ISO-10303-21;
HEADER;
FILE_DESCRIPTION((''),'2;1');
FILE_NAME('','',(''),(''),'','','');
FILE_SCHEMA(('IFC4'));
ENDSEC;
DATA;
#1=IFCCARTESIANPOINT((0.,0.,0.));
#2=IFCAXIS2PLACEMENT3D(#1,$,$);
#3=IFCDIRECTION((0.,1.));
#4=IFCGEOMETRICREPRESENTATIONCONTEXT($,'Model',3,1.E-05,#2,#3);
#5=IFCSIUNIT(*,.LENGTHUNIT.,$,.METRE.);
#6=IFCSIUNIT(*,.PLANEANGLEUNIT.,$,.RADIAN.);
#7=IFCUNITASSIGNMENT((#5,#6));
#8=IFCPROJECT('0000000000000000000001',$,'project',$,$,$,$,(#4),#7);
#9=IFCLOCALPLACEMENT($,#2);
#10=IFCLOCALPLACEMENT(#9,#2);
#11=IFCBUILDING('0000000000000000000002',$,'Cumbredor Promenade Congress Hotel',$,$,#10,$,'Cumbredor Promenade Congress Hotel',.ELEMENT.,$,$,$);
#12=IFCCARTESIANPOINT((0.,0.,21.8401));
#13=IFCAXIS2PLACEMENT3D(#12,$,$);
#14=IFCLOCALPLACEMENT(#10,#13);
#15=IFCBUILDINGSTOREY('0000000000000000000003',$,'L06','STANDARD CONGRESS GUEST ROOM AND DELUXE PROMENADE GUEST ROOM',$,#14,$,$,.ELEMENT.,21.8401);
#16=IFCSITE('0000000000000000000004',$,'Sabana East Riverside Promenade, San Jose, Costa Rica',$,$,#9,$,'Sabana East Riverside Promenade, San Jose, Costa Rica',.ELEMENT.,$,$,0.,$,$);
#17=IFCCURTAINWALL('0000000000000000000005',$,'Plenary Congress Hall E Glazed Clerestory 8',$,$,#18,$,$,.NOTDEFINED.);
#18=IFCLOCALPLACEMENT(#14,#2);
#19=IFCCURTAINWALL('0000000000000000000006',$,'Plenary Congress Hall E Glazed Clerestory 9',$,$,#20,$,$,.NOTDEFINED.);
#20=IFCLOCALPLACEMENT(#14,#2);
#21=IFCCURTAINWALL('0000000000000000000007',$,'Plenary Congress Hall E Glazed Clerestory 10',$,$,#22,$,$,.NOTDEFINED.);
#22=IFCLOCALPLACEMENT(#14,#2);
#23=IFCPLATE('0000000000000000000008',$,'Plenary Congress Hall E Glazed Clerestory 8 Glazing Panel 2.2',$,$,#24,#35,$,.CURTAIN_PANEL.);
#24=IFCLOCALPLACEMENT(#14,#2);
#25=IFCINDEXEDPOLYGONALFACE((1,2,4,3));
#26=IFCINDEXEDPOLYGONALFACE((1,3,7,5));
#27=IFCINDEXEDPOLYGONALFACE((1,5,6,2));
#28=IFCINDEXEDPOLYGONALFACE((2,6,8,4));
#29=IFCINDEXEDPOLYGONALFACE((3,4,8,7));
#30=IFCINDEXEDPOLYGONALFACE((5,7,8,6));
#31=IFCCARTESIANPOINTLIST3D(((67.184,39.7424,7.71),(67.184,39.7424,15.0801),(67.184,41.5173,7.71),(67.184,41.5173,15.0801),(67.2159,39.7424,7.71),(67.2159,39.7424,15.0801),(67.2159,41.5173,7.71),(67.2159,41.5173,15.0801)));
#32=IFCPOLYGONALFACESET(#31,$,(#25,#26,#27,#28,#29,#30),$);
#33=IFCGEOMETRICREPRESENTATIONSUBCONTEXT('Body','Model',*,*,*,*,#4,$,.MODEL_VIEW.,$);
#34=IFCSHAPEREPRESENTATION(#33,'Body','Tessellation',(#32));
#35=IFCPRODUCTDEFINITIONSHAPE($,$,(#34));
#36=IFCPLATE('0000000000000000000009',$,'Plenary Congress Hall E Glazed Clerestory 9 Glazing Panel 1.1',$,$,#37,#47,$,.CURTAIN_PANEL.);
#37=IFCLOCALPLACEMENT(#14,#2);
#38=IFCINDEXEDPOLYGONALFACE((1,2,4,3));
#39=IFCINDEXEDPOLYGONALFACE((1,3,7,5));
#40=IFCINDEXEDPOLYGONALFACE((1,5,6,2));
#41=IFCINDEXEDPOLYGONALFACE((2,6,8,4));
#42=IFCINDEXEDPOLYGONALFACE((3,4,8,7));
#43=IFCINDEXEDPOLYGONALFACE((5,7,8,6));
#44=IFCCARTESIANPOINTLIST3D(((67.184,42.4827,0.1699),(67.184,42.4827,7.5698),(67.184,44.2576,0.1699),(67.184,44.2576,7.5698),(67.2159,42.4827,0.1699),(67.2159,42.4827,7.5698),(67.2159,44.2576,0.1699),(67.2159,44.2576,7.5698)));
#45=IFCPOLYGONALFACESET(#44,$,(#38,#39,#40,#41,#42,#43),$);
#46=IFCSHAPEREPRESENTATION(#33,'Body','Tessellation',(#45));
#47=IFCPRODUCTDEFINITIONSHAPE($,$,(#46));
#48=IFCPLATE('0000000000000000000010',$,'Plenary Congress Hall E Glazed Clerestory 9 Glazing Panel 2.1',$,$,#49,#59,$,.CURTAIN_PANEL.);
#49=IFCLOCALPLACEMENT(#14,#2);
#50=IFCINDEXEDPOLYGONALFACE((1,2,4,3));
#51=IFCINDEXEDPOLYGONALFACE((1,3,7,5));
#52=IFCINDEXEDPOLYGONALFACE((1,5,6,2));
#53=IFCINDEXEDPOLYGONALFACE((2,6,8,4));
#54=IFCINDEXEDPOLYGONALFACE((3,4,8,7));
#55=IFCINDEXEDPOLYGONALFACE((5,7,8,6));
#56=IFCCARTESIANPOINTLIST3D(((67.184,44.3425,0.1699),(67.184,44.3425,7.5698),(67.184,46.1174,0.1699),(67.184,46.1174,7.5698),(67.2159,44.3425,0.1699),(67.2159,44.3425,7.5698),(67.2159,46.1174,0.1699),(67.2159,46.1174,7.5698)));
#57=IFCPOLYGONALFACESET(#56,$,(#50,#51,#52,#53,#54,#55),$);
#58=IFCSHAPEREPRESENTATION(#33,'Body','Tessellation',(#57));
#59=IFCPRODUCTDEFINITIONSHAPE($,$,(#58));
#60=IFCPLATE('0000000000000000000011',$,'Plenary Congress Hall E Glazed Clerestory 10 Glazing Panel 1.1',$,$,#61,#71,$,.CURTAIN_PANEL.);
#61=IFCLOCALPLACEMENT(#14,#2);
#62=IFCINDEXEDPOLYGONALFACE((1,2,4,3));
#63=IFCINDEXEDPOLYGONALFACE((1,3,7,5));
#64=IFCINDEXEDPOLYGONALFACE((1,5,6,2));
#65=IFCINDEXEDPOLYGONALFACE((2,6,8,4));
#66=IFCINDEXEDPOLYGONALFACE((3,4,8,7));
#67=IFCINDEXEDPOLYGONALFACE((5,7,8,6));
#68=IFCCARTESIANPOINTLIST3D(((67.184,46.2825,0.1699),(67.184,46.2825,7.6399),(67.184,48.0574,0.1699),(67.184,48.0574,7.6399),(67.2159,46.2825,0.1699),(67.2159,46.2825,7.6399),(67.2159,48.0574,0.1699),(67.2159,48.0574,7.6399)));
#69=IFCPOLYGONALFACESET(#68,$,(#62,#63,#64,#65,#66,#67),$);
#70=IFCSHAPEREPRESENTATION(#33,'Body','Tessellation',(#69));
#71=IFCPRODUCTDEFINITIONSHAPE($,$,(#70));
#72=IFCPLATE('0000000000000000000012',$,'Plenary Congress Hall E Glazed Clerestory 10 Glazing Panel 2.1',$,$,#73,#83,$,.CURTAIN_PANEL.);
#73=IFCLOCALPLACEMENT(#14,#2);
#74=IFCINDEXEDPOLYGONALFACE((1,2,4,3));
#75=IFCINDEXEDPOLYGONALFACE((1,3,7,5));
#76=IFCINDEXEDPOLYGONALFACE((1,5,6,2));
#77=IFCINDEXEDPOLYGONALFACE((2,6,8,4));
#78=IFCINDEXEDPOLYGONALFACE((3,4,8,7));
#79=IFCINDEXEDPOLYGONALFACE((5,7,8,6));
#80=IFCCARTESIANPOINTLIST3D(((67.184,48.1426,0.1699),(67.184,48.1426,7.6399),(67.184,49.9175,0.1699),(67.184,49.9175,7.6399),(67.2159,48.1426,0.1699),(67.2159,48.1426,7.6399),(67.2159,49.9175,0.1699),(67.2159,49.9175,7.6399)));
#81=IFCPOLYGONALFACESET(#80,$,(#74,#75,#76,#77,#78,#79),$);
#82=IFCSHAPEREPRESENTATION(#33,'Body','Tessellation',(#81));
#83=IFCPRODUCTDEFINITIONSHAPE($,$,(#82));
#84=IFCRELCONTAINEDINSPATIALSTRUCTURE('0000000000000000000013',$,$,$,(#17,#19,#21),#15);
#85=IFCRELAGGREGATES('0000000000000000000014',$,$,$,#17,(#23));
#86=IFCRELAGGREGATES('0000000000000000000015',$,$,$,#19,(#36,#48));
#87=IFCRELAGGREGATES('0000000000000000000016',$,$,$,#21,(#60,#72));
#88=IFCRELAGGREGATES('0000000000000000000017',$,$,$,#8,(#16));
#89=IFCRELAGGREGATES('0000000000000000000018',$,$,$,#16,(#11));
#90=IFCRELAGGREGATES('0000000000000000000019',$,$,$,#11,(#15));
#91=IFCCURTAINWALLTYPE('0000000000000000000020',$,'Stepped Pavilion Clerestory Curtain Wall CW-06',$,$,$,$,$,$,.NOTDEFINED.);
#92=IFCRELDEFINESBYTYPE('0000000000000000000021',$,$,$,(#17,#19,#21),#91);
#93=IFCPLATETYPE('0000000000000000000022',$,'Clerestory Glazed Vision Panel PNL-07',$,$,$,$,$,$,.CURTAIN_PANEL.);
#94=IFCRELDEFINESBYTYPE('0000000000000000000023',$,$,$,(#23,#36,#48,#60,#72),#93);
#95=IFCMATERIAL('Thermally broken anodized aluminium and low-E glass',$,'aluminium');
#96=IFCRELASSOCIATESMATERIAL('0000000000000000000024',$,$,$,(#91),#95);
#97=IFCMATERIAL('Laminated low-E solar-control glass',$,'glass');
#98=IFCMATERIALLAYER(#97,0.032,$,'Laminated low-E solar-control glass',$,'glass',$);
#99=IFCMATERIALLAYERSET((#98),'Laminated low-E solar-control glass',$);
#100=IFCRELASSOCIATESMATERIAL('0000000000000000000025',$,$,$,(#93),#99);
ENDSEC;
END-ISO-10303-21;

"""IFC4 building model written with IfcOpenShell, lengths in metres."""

from ifc_helpers import new_model, si_unit, direction, frame, origin, origin_2d, place, context, subcontext, project, spatial, rectangle, extrude, material, layer, layer_set, type_object, element, aggregate, save


model = new_model("IFC4")

# Units and contexts
model_context = context("Model", 3, precision=1e-05, world=origin(), true_north=direction((0.0, 1.0)))
body_context = subcontext(model_context, "Body", "Model", "MODEL_VIEW")
ifc_project = project(units=[si_unit("LENGTHUNIT", "METRE"), si_unit("PLANEANGLEUNIT", "RADIAN")], contexts=[model_context])

# Site, building, storey
site_placement = place(None, origin())
site = spatial("IfcSite", under=ifc_project, at=site_placement, Name="Sabana East Riverside Promenade, San Jose, Costa Rica", LongName="Sabana East Riverside Promenade, San Jose, Costa Rica", CompositionType="ELEMENT", RefElevation=0.0)
building_placement = place(site_placement, origin())
building = spatial("IfcBuilding", under=site, at=building_placement, Name="Cumbredor Promenade Congress Hotel", LongName="Cumbredor Promenade Congress Hotel", CompositionType="ELEMENT")
storey_placement = place(building_placement, frame((0.0, 0.0, 21.8401)))
storey = spatial("IfcBuildingStorey", under=building, at=storey_placement, Name="L06", Description="STANDARD CONGRESS GUEST ROOM AND DELUXE PROMENADE GUEST ROOM", CompositionType="ELEMENT", Elevation=21.8401)

# Curtain walls
ifc_material_1 = material(Name="Thermally broken anodized aluminium and low-E glass", Category="aluminium")
curtain_wall_type = type_object("IfcCurtainWallType", Name="Stepped Pavilion Clerestory Curtain Wall CW-06", PredefinedType="NOTDEFINED", material=ifc_material_1)
curtain_wall_1_placement = place(storey_placement, origin())
curtain_wall_1 = element("IfcCurtainWall", 1, at=curtain_wall_1_placement, inside=storey, type_object=curtain_wall_type, Name="Plenary Congress Hall E Glazed Clerestory 8", PredefinedType="NOTDEFINED")
curtain_wall_2_placement = place(storey_placement, origin())
curtain_wall_2 = element("IfcCurtainWall", 2, at=curtain_wall_2_placement, inside=storey, type_object=curtain_wall_type, Name="Plenary Congress Hall E Glazed Clerestory 9", PredefinedType="NOTDEFINED")
curtain_wall_3_placement = place(storey_placement, origin())
curtain_wall_3 = element("IfcCurtainWall", 3, at=curtain_wall_3_placement, inside=storey, type_object=curtain_wall_type, Name="Plenary Congress Hall E Glazed Clerestory 10", PredefinedType="NOTDEFINED")

# Plates
ifc_material_2 = material(Name="Laminated low-E solar-control glass", Category="glass")
ifc_layer = layer(ifc_material_2, 0.032, Name="Laminated low-E solar-control glass", Category="glass")
ifc_layer_set = layer_set([ifc_layer], Name="Laminated low-E solar-control glass")
plate_type = type_object("IfcPlateType", Name="Clerestory Glazed Vision Panel PNL-07", PredefinedType="CURTAIN_PANEL", material=ifc_layer_set)
plate_1_placement = place(storey_placement, frame((67.2, 40.6299, 7.71), z_axis=(0.0, 0.0, 1.0), x_axis=(0.0, 1.0, 0.0)))
plate_1 = element("IfcPlate", 4, at=plate_1_placement, type_object=plate_type, Name="Plenary Congress Hall E Glazed Clerestory 8 Glazing Panel 2.2", PredefinedType="CURTAIN_PANEL", context=body_context, shape_type="SweptSolid", body=[
    extrude(rectangle(XDim=1.7749, YDim=0.032, at=origin_2d()), origin(), (0.0, 0.0, 1.0), 7.3701),
])
aggregate(curtain_wall_1, [plate_1])
plate_2_placement = place(storey_placement, frame((67.2, 43.3701, 0.1699), z_axis=(0.0, 0.0, 1.0), x_axis=(0.0, 1.0, 0.0)))
plate_2 = element("IfcPlate", 5, at=plate_2_placement, type_object=plate_type, Name="Plenary Congress Hall E Glazed Clerestory 9 Glazing Panel 1.1", PredefinedType="CURTAIN_PANEL", context=body_context, shape_type="SweptSolid", body=[
    extrude(rectangle(XDim=1.7749, YDim=0.032, at=origin_2d()), origin(), (0.0, 0.0, 1.0), 7.3999),
])
plate_3_placement = place(storey_placement, frame((67.2, 45.23, 0.1699), z_axis=(0.0, 0.0, 1.0), x_axis=(0.0, 1.0, 0.0)))
plate_3 = element("IfcPlate", 6, at=plate_3_placement, type_object=plate_type, Name="Plenary Congress Hall E Glazed Clerestory 9 Glazing Panel 2.1", PredefinedType="CURTAIN_PANEL", context=body_context, shape_type="SweptSolid", body=[
    extrude(rectangle(XDim=1.7749, YDim=0.032, at=origin_2d()), origin(), (0.0, 0.0, 1.0), 7.3999),
])
aggregate(curtain_wall_2, [plate_2, plate_3])
plate_4_placement = place(storey_placement, frame((67.2, 47.1699, 0.1699), z_axis=(0.0, 0.0, 1.0), x_axis=(0.0, 1.0, 0.0)))
plate_4 = element("IfcPlate", 7, at=plate_4_placement, type_object=plate_type, Name="Plenary Congress Hall E Glazed Clerestory 10 Glazing Panel 1.1", PredefinedType="CURTAIN_PANEL", context=body_context, shape_type="SweptSolid", body=[
    extrude(rectangle(XDim=1.7749, YDim=0.032, at=origin_2d()), origin(), (0.0, 0.0, 1.0), 7.47),
])
plate_5_placement = place(storey_placement, frame((67.2, 49.03, 0.1699), z_axis=(0.0, 0.0, 1.0), x_axis=(0.0, 1.0, 0.0)))
plate_5 = element("IfcPlate", 8, at=plate_5_placement, type_object=plate_type, Name="Plenary Congress Hall E Glazed Clerestory 10 Glazing Panel 2.1", PredefinedType="CURTAIN_PANEL", context=body_context, shape_type="SweptSolid", body=[
    extrude(rectangle(XDim=1.7749, YDim=0.032, at=origin_2d()), origin(), (0.0, 0.0, 1.0), 7.47),
])
aggregate(curtain_wall_3, [plate_4, plate_5])

save(model, "model.ifc")
